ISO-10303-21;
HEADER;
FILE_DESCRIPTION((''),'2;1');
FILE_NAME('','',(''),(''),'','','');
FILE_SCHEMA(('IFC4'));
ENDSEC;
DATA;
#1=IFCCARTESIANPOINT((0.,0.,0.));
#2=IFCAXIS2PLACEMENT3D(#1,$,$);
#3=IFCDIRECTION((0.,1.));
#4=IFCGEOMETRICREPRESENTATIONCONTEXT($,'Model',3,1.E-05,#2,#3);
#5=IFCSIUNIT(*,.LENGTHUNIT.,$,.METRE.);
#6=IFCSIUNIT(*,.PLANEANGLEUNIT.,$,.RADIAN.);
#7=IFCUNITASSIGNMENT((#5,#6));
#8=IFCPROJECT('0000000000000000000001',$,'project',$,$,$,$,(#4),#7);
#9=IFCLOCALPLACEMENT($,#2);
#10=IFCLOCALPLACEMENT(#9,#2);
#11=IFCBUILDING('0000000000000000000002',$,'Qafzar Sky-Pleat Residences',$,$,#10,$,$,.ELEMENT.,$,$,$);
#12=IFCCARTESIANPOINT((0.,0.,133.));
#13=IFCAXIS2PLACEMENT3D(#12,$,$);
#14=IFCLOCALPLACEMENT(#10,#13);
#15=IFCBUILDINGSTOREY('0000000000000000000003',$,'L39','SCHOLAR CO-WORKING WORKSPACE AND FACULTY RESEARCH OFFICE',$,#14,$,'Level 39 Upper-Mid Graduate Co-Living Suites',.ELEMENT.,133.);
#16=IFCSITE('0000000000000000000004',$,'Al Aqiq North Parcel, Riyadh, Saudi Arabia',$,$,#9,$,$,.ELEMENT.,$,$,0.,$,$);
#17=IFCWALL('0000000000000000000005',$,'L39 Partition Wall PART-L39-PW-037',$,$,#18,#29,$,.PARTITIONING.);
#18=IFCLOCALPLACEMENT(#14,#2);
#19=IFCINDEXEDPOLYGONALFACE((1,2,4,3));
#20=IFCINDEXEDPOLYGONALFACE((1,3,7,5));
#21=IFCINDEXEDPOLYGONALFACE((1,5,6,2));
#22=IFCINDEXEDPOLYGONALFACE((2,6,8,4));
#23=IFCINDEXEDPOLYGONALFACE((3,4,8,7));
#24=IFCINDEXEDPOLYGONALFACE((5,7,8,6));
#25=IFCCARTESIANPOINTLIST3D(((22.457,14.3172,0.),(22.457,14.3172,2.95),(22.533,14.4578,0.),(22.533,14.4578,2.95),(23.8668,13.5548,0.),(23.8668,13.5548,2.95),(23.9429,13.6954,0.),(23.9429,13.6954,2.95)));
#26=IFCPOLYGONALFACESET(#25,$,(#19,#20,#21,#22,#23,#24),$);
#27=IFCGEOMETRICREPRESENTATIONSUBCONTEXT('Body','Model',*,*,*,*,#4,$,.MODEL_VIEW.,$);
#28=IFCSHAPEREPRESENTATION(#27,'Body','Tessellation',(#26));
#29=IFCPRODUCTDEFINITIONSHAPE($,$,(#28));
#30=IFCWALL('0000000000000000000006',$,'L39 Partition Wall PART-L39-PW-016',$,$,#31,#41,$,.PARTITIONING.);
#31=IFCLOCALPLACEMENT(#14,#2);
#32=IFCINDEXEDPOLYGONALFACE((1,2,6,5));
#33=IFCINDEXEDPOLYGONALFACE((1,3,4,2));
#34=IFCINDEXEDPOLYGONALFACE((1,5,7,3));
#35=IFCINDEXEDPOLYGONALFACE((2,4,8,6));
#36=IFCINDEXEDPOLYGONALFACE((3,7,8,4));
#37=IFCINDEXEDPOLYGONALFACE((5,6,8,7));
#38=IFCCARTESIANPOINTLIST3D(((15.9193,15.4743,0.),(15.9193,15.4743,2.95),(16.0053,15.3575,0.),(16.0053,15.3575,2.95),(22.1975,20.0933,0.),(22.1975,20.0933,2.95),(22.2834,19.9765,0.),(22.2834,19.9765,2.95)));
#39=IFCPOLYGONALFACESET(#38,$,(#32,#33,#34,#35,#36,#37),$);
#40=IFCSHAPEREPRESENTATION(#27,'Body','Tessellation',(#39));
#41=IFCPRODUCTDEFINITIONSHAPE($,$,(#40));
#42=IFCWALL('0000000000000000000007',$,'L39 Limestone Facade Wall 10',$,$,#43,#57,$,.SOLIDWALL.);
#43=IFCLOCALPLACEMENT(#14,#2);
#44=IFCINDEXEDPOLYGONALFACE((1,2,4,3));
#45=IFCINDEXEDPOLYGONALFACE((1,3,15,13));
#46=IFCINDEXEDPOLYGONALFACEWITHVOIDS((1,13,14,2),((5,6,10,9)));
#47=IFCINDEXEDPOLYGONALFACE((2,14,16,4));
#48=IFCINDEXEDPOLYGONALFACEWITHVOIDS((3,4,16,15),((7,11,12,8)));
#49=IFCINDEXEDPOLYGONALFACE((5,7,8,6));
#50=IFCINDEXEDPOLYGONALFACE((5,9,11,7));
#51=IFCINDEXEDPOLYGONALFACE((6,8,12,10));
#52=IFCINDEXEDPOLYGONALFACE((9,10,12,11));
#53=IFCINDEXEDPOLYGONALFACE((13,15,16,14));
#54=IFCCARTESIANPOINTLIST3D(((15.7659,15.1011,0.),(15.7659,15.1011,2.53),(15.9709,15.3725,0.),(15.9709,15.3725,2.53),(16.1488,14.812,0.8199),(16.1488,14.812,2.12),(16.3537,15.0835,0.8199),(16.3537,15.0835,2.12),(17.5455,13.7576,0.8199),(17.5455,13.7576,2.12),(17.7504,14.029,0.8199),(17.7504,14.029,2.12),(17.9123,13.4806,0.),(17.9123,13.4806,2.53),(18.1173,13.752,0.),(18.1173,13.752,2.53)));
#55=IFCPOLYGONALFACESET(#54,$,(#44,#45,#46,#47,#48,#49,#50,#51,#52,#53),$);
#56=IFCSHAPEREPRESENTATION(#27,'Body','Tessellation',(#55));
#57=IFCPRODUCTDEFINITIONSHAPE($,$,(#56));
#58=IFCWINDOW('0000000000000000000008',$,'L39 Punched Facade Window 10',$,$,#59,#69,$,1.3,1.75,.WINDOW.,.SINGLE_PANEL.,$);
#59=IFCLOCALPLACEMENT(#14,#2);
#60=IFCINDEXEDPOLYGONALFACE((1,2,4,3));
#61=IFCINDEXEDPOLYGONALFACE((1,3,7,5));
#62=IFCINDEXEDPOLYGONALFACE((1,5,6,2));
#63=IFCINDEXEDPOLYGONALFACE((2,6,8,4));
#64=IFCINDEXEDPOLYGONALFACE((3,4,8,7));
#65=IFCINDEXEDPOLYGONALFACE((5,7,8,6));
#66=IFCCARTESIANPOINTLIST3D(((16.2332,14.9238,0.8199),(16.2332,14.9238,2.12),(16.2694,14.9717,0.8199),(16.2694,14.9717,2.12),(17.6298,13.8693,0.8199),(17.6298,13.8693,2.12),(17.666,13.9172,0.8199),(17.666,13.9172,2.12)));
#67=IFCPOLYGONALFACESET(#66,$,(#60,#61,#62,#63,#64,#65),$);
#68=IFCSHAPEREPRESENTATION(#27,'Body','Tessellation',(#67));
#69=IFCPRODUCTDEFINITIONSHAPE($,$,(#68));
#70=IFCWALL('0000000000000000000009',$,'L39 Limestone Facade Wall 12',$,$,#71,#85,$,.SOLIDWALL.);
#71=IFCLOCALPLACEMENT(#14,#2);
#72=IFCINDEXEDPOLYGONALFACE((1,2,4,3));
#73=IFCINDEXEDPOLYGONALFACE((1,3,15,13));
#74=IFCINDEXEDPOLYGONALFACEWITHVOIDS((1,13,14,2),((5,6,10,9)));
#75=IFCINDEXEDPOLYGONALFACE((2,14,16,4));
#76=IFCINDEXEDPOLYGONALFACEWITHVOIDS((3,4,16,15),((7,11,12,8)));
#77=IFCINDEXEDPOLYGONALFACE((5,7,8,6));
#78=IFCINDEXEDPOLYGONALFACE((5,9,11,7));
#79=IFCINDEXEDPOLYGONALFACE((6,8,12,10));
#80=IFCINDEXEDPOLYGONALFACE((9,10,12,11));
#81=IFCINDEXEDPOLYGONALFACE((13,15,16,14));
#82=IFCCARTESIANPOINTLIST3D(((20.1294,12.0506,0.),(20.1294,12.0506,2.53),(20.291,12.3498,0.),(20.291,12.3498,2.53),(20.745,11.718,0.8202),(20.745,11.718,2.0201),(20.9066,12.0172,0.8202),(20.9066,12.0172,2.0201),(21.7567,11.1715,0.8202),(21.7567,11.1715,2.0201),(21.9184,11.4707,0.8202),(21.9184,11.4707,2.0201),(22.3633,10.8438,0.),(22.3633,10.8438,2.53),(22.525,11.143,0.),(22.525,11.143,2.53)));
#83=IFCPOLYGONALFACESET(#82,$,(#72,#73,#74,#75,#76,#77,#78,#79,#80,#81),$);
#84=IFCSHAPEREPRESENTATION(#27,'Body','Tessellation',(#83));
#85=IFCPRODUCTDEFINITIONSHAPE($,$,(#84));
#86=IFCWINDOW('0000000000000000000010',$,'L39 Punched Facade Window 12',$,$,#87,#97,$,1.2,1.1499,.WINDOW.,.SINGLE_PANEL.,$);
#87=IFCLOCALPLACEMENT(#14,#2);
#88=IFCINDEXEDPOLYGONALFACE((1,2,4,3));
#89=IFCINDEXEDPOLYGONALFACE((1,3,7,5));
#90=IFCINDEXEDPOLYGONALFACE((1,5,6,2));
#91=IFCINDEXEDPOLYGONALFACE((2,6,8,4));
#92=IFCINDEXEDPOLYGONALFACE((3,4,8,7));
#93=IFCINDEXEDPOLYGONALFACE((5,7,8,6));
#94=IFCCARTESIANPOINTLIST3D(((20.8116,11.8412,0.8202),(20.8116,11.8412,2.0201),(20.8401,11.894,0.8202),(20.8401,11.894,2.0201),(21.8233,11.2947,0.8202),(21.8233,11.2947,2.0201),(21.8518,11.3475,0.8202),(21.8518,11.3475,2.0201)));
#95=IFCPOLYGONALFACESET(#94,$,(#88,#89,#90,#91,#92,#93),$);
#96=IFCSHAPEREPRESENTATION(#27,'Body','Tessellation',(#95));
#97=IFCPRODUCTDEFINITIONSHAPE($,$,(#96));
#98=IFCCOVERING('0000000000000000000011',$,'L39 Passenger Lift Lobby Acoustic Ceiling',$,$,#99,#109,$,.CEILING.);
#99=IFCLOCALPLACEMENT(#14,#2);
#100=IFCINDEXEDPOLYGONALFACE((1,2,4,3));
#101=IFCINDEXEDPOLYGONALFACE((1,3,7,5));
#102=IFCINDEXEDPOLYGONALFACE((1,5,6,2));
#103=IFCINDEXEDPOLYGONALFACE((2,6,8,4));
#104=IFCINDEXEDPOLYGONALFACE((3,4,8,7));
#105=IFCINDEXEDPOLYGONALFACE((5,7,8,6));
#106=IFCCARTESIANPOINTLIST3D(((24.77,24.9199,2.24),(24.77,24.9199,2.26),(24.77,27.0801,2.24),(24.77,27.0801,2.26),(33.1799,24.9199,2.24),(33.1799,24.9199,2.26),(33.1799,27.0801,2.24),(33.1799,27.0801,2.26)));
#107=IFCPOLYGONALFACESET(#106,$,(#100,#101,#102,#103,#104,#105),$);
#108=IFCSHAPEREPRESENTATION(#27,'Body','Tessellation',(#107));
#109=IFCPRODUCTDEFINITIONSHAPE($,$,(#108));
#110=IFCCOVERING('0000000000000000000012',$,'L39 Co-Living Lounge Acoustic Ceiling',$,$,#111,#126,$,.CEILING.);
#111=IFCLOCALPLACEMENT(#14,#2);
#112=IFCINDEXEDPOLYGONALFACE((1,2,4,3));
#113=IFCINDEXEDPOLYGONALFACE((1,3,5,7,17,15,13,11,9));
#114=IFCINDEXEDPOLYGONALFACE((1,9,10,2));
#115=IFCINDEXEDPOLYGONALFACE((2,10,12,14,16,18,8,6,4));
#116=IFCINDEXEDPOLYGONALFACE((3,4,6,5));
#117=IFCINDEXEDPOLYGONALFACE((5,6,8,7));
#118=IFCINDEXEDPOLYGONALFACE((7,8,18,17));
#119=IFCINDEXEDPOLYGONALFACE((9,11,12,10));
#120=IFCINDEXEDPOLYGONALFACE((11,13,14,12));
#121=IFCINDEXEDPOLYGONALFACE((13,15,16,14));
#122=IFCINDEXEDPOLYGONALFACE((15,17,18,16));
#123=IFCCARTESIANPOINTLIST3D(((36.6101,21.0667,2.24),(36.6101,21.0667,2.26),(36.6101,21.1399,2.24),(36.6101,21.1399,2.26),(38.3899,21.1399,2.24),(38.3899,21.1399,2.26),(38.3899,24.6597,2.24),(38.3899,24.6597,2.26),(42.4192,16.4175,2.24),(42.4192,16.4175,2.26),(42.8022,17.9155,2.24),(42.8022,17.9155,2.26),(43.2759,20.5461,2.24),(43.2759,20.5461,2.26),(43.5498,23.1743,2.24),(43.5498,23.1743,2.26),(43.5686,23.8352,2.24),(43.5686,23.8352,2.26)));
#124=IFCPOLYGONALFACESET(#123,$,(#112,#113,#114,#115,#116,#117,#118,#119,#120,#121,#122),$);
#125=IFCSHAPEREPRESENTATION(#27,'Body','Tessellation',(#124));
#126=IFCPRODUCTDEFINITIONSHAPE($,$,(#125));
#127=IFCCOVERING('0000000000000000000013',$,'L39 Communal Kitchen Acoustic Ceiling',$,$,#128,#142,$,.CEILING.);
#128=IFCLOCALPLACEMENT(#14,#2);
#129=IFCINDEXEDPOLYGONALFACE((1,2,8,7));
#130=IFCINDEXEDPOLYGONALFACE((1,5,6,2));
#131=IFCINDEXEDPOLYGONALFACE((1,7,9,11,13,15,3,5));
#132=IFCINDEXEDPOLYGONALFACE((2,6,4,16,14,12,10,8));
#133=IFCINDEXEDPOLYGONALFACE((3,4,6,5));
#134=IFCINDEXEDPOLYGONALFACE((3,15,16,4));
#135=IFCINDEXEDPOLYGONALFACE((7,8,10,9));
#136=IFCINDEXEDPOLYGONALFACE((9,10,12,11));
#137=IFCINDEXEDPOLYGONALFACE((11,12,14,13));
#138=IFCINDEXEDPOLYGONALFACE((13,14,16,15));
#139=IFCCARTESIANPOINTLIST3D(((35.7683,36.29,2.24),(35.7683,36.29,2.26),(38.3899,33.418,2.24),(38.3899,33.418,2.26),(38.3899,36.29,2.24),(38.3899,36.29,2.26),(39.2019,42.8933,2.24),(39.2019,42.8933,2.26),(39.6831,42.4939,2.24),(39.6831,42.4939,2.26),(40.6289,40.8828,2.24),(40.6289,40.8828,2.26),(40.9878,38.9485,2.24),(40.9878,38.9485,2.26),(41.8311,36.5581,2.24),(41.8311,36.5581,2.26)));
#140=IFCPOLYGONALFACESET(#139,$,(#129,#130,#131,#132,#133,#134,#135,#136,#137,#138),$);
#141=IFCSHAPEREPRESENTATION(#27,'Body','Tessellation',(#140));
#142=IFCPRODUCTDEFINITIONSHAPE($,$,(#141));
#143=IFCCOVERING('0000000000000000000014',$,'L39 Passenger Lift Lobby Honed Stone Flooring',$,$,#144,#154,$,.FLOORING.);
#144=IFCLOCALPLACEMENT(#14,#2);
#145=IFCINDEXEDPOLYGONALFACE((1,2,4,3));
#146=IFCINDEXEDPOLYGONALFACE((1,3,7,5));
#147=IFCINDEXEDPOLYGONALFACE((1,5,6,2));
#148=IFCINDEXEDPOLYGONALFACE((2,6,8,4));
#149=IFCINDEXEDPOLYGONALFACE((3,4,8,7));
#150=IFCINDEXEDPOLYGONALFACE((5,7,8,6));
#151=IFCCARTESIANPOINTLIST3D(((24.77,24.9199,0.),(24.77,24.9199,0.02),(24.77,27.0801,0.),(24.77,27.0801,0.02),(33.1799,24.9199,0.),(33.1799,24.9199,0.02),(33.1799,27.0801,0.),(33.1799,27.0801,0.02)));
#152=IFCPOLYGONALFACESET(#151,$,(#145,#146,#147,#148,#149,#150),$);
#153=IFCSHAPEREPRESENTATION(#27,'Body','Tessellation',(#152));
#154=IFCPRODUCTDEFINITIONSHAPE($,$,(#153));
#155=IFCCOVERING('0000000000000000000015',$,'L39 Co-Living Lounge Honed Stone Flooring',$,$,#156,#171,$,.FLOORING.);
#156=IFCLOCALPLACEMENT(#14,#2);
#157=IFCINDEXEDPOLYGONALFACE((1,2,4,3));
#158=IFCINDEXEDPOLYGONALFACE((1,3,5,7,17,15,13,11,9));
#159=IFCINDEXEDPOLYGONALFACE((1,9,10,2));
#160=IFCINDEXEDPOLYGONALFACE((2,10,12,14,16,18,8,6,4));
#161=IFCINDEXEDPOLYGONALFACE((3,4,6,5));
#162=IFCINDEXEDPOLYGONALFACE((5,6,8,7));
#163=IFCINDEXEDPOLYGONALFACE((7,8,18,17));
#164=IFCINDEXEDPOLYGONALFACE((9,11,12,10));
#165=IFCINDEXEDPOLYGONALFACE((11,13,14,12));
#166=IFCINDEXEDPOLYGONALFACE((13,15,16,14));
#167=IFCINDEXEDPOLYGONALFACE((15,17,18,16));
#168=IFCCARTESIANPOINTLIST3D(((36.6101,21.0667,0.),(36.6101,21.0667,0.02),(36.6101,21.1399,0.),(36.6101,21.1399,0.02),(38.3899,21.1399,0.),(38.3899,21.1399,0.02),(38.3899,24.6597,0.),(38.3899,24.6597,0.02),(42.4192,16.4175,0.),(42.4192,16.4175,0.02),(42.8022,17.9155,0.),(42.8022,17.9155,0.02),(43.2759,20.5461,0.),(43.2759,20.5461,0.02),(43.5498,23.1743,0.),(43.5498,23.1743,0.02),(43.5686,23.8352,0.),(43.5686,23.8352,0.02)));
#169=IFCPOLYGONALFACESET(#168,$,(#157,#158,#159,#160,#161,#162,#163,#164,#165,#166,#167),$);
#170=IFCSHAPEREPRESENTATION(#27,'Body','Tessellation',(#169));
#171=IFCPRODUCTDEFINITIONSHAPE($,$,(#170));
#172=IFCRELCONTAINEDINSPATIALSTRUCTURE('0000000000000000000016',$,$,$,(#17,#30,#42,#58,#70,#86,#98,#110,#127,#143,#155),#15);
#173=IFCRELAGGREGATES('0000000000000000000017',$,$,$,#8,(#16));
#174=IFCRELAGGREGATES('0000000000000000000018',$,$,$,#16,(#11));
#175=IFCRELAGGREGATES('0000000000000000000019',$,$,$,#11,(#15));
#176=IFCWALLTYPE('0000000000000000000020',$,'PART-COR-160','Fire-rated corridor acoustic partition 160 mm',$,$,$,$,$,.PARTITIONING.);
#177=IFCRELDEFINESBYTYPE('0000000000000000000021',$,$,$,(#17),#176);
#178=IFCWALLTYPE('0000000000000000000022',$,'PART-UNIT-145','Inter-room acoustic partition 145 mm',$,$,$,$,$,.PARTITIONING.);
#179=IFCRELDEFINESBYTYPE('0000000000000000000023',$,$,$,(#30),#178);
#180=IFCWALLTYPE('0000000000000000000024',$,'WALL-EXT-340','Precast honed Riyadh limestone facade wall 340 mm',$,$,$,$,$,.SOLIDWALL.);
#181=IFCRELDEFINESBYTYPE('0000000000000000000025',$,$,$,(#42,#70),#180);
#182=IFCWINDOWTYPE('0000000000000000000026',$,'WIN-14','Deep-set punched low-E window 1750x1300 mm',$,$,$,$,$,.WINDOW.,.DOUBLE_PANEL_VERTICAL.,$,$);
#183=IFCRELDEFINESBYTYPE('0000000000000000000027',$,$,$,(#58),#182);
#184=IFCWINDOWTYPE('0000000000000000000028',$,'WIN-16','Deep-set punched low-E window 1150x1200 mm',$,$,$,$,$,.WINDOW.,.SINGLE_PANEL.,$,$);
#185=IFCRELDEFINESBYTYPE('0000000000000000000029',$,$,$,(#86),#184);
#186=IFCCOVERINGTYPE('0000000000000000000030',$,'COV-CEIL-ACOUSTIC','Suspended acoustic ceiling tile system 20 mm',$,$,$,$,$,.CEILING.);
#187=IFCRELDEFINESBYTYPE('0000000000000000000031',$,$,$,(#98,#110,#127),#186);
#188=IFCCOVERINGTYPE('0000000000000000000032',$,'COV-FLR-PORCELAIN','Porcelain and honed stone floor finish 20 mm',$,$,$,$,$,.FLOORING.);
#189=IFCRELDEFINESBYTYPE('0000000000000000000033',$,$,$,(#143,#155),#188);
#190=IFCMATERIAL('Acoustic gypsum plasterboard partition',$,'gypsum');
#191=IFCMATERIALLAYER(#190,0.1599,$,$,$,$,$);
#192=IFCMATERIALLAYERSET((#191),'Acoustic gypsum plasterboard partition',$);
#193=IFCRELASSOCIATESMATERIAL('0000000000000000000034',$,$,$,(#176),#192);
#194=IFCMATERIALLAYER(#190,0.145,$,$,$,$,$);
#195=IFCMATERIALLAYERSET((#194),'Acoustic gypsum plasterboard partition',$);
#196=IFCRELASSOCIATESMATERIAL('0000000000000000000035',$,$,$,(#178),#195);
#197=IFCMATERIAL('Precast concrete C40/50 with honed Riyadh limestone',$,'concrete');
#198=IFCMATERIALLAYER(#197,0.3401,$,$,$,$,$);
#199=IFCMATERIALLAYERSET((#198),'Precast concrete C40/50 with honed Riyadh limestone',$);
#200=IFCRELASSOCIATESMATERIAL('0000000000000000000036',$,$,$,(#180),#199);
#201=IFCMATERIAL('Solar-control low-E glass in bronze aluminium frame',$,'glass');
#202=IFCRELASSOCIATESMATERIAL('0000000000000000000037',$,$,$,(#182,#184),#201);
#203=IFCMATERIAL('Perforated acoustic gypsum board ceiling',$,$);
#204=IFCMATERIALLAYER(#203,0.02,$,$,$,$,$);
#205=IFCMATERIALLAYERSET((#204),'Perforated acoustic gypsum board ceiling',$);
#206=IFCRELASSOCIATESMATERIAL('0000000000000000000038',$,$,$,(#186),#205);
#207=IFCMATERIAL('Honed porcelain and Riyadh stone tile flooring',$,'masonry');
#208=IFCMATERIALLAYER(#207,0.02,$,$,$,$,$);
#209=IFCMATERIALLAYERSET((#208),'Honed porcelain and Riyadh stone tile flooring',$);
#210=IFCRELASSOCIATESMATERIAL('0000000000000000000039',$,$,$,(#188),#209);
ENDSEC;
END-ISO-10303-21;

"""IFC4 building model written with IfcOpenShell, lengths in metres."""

from ifc_helpers import new_model, si_unit, direction, frame, frame_2d, origin, place, context, subcontext, project, spatial, polyline, rectangle, outline, extrude, source, transform, mapped, material, layer, layer_set, type_object, element, fill, save


model = new_model("IFC4")

# Units and contexts
model_context = context("Model", 3, precision=1e-05, world=origin(), true_north=direction((0.0, 1.0)))
body_context = subcontext(model_context, "Body", "Model", "MODEL_VIEW")
ifc_project = project(units=[si_unit("LENGTHUNIT", "METRE"), si_unit("PLANEANGLEUNIT", "RADIAN")], contexts=[model_context])

# Site, building, storey
site_placement = place(None, origin())
site = spatial("IfcSite", under=ifc_project, at=site_placement, Name="Al Aqiq North Parcel, Riyadh, Saudi Arabia", CompositionType="ELEMENT", RefElevation=0.0)
building_placement = place(site_placement, origin())
building = spatial("IfcBuilding", under=site, at=building_placement, Name="Qafzar Sky-Pleat Residences", CompositionType="ELEMENT")
storey_placement = place(building_placement, frame((0.0, 0.0, 133.0)))
storey = spatial("IfcBuildingStorey", under=building, at=storey_placement, Name="L39", Description="SCHOLAR CO-WORKING WORKSPACE AND FACULTY RESEARCH OFFICE", LongName="Level 39 Upper-Mid Graduate Co-Living Suites", CompositionType="ELEMENT", Elevation=133.0)

# Walls
ifc_material_1 = material(Name="Acoustic gypsum plasterboard partition", Category="gypsum")
ifc_layer_1 = layer(ifc_material_1, 0.1599)
ifc_layer_set_1 = layer_set([ifc_layer_1], Name="Acoustic gypsum plasterboard partition")
wall_type_1 = type_object("IfcWallType", Name="PART-COR-160", Description="Fire-rated corridor acoustic partition 160 mm", PredefinedType="PARTITIONING", material=ifc_layer_set_1)
wall_1_placement = place(storey_placement, frame((22.4951, 14.3875, 0.0), z_axis=(0.0, 0.0, 1.0), x_axis=(0.879619, -0.47568, 0.0)))
element("IfcWall", 1, at=wall_1_placement, inside=storey, type_object=wall_type_1, Name="L39 Partition Wall PART-L39-PW-037", PredefinedType="PARTITIONING", context=body_context, shape_type="SweptSolid", body=[
    extrude(rectangle(XDim=1.6028, YDim=0.1599, at=frame_2d((0.8013, 0.0))), origin(), (0.0, 0.0, 1.0), 2.95),
])
ifc_layer_2 = layer(ifc_material_1, 0.145)
ifc_layer_set_2 = layer_set([ifc_layer_2], Name="Acoustic gypsum plasterboard partition")
wall_type_2 = type_object("IfcWallType", Name="PART-UNIT-145", Description="Inter-room acoustic partition 145 mm", PredefinedType="PARTITIONING", material=ifc_layer_set_2)
wall_2_placement = place(storey_placement, frame((15.9624, 15.416, 0.0), z_axis=(0.0, 0.0, 1.0), x_axis=(0.805488, 0.592612, 0.0)))
element("IfcWall", 2, at=wall_2_placement, inside=storey, type_object=wall_type_2, Name="L39 Partition Wall PART-L39-PW-016", PredefinedType="PARTITIONING", context=body_context, shape_type="SweptSolid", body=[
    extrude(rectangle(XDim=7.7942, YDim=0.145, at=frame_2d((3.897, 0.0))), origin(), (0.0, 0.0, 1.0), 2.95),
])

# Walls, openings, windows
ifc_material_2 = material(Name="Precast concrete C40/50 with honed Riyadh limestone", Category="concrete")
ifc_layer_3 = layer(ifc_material_2, 0.3401)
ifc_layer_set_3 = layer_set([ifc_layer_3], Name="Precast concrete C40/50 with honed Riyadh limestone")
wall_type_3 = type_object("IfcWallType", Name="WALL-EXT-340", Description="Precast honed Riyadh limestone facade wall 340 mm", PredefinedType="SOLIDWALL", material=ifc_layer_set_3)
wall_3_placement = place(storey_placement, frame((15.8684, 15.2368, 0.0), z_axis=(0.0, 0.0, 1.0), x_axis=(0.798079, -0.602553, 0.0)))
wall_3 = element("IfcWall", 3, at=wall_3_placement, inside=storey, type_object=wall_type_3, Name="L39 Limestone Facade Wall 10", PredefinedType="SOLIDWALL", context=body_context, shape_type="SweptSolid", body=[
    extrude(rectangle(XDim=2.6895, YDim=0.3401, at=frame_2d((1.3447, 0.0))), origin(), (0.0, 0.0, 1.0), 2.53),
])
opening_1_placement = place(wall_3_placement, frame((0.4797, 0.0, 0.8201)))
opening_1 = element("IfcOpeningElement", 4, at=opening_1_placement, cuts=wall_3, PredefinedType="OPENING", context=body_context, shape_type="SweptSolid", body=[
    extrude(rectangle(XDim=1.75, YDim=1.3, at=frame_2d((0.875, 0.6499))), frame((0.0, 0.1802, 0.0), z_axis=(0.0, -1.0, 0.0), x_axis=(1.0, 0.0, 0.0)), (0.0, 0.0, 1.0), 0.3601),
])
ifc_material_3 = material(Name="Solar-control low-E glass in bronze aluminium frame", Category="glass")
window_type_1 = type_object("IfcWindowType", Name="WIN-14", Description="Deep-set punched low-E window 1750x1300 mm", PartitioningType="DOUBLE_PANEL_VERTICAL", PredefinedType="WINDOW", material=ifc_material_3)
shared_shape_1 = source(origin(), body_context, "Body", "SweptSolid", [
    extrude(rectangle(XDim=1.75, YDim=1.3, at=frame_2d((0.875, 0.6499))), frame((0.0, 0.03, 0.0), z_axis=(0.0, -1.0, 0.0), x_axis=(1.0, 0.0, 0.0)), (0.0, 0.0, 1.0), 0.0601),
])
window_1_placement = place(opening_1_placement, origin())
window_1 = element("IfcWindow", 5, at=window_1_placement, inside=storey, type_object=window_type_1, Name="L39 Punched Facade Window 10", OverallHeight=1.3, OverallWidth=1.75, PartitioningType="SINGLE_PANEL", PredefinedType="WINDOW", context=body_context, shape_type="MappedRepresentation", body=[
    mapped(shared_shape_1, transform((0.0, 0.0, 0.0), x_axis=(1.0, 0.0, 0.0), y_axis=(0.0, 1.0, 0.0), z_axis=(0.0, 0.0, 1.0), scale=1.0)),
])
fill(opening_1, window_1)
wall_4_placement = place(storey_placement, frame((20.2102, 12.2002, 0.0), z_axis=(0.0, 0.0, 1.0), x_axis=(0.879825, -0.475298, 0.0)))
wall_4 = element("IfcWall", 6, at=wall_4_placement, inside=storey, type_object=wall_type_3, Name="L39 Limestone Facade Wall 12", PredefinedType="SOLIDWALL", context=body_context, shape_type="SweptSolid", body=[
    extrude(rectangle(XDim=2.5391, YDim=0.3401, at=frame_2d((1.2695, 0.0))), origin(), (0.0, 0.0, 1.0), 2.53),
])
opening_2_placement = place(wall_4_placement, frame((0.6997, 0.0, 0.8201)))
opening_2 = element("IfcOpeningElement", 7, at=opening_2_placement, cuts=wall_4, PredefinedType="OPENING", context=body_context, shape_type="SweptSolid", body=[
    extrude(rectangle(XDim=1.1499, YDim=1.2, at=frame_2d((0.575, 0.6001))), frame((0.0, 0.1802, 0.0), z_axis=(0.0, -1.0, 0.0), x_axis=(1.0, 0.0, 0.0)), (0.0, 0.0, 1.0), 0.3601),
])
window_type_2 = type_object("IfcWindowType", Name="WIN-16", Description="Deep-set punched low-E window 1150x1200 mm", PartitioningType="SINGLE_PANEL", PredefinedType="WINDOW", material=ifc_material_3)
shared_shape_2 = source(origin(), body_context, "Body", "SweptSolid", [
    extrude(rectangle(XDim=1.1499, YDim=1.2, at=frame_2d((0.575, 0.6001))), frame((0.0, 0.03, 0.0), z_axis=(0.0, -1.0, 0.0), x_axis=(1.0, 0.0, 0.0)), (0.0, 0.0, 1.0), 0.0601),
])
window_2_placement = place(opening_2_placement, origin())
window_2 = element("IfcWindow", 8, at=window_2_placement, inside=storey, type_object=window_type_2, Name="L39 Punched Facade Window 12", OverallHeight=1.2, OverallWidth=1.1499, PartitioningType="SINGLE_PANEL", PredefinedType="WINDOW", context=body_context, shape_type="MappedRepresentation", body=[
    mapped(shared_shape_2, transform((0.0, 0.0, 0.0), x_axis=(1.0, 0.0, 0.0), y_axis=(0.0, 1.0, 0.0), z_axis=(0.0, 0.0, 1.0), scale=1.0)),
])
fill(opening_2, window_2)

# Coverings
ifc_material_4 = material(Name="Perforated acoustic gypsum board ceiling")
ifc_layer_4 = layer(ifc_material_4, 0.02)
ifc_layer_set_4 = layer_set([ifc_layer_4], Name="Perforated acoustic gypsum board ceiling")
covering_type_1 = type_object("IfcCoveringType", Name="COV-CEIL-ACOUSTIC", Description="Suspended acoustic ceiling tile system 20 mm", PredefinedType="CEILING", material=ifc_layer_set_4)
covering_1_placement = place(storey_placement, frame((0.0, 0.0, 2.24)))
element("IfcCovering", 9, at=covering_1_placement, inside=storey, type_object=covering_type_1, Name="L39 Passenger Lift Lobby Acoustic Ceiling", PredefinedType="CEILING", context=body_context, shape_type="SweptSolid", body=[
    extrude(outline(polyline([(33.1799, 24.9199), (24.77, 24.9199), (24.77, 27.0801), (33.1799, 27.0801), (33.1799, 24.9199)])), origin(), (0.0, 0.0, 1.0), 0.02),
])
covering_2_placement = place(storey_placement, frame((0.0, 0.0, 2.24)))
element("IfcCovering", 10, at=covering_2_placement, inside=storey, type_object=covering_type_1, Name="L39 Co-Living Lounge Acoustic Ceiling", PredefinedType="CEILING", context=body_context, shape_type="SweptSolid", body=[
    extrude(outline(polyline([(43.5498, 23.1743), (43.2759, 20.5461), (42.8022, 17.9155), (42.4192, 16.4175), (36.6101, 21.0667), (36.6101, 21.1399), (38.3899, 21.1399), (38.3899, 24.6597), (43.5686, 23.8352), (43.5498, 23.1743)])), origin(), (0.0, 0.0, 1.0), 0.02),
])
covering_3_placement = place(storey_placement, frame((0.0, 0.0, 2.24)))
element("IfcCovering", 11, at=covering_3_placement, inside=storey, type_object=covering_type_1, Name="L39 Communal Kitchen Acoustic Ceiling", PredefinedType="CEILING", context=body_context, shape_type="SweptSolid", body=[
    extrude(outline(polyline([(39.6831, 42.4939), (40.6289, 40.8828), (40.9878, 38.9485), (41.8311, 36.5581), (38.3899, 33.418), (38.3899, 36.29), (35.7683, 36.29), (39.2019, 42.8933), (39.6831, 42.4939)])), origin(), (0.0, 0.0, 1.0), 0.02),
])
ifc_material_5 = material(Name="Honed porcelain and Riyadh stone tile flooring", Category="masonry")
ifc_layer_5 = layer(ifc_material_5, 0.02)
ifc_layer_set_5 = layer_set([ifc_layer_5], Name="Honed porcelain and Riyadh stone tile flooring")
covering_type_2 = type_object("IfcCoveringType", Name="COV-FLR-PORCELAIN", Description="Porcelain and honed stone floor finish 20 mm", PredefinedType="FLOORING", material=ifc_layer_set_5)
covering_4_placement = place(storey_placement, origin())
element("IfcCovering", 12, at=covering_4_placement, inside=storey, type_object=covering_type_2, Name="L39 Passenger Lift Lobby Honed Stone Flooring", PredefinedType="FLOORING", context=body_context, shape_type="SweptSolid", body=[
    extrude(outline(polyline([(33.1799, 24.9199), (24.77, 24.9199), (24.77, 27.0801), (33.1799, 27.0801), (33.1799, 24.9199)])), origin(), (0.0, 0.0, 1.0), 0.02),
])
covering_5_placement = place(storey_placement, origin())
element("IfcCovering", 13, at=covering_5_placement, inside=storey, type_object=covering_type_2, Name="L39 Co-Living Lounge Honed Stone Flooring", PredefinedType="FLOORING", context=body_context, shape_type="SweptSolid", body=[
    extrude(outline(polyline([(43.5498, 23.1743), (43.2759, 20.5461), (42.8022, 17.9155), (42.4192, 16.4175), (36.6101, 21.0667), (36.6101, 21.1399), (38.3899, 21.1399), (38.3899, 24.6597), (43.5686, 23.8352), (43.5498, 23.1743)])), origin(), (0.0, 0.0, 1.0), 0.02),
])

save(model, "model.ifc")
